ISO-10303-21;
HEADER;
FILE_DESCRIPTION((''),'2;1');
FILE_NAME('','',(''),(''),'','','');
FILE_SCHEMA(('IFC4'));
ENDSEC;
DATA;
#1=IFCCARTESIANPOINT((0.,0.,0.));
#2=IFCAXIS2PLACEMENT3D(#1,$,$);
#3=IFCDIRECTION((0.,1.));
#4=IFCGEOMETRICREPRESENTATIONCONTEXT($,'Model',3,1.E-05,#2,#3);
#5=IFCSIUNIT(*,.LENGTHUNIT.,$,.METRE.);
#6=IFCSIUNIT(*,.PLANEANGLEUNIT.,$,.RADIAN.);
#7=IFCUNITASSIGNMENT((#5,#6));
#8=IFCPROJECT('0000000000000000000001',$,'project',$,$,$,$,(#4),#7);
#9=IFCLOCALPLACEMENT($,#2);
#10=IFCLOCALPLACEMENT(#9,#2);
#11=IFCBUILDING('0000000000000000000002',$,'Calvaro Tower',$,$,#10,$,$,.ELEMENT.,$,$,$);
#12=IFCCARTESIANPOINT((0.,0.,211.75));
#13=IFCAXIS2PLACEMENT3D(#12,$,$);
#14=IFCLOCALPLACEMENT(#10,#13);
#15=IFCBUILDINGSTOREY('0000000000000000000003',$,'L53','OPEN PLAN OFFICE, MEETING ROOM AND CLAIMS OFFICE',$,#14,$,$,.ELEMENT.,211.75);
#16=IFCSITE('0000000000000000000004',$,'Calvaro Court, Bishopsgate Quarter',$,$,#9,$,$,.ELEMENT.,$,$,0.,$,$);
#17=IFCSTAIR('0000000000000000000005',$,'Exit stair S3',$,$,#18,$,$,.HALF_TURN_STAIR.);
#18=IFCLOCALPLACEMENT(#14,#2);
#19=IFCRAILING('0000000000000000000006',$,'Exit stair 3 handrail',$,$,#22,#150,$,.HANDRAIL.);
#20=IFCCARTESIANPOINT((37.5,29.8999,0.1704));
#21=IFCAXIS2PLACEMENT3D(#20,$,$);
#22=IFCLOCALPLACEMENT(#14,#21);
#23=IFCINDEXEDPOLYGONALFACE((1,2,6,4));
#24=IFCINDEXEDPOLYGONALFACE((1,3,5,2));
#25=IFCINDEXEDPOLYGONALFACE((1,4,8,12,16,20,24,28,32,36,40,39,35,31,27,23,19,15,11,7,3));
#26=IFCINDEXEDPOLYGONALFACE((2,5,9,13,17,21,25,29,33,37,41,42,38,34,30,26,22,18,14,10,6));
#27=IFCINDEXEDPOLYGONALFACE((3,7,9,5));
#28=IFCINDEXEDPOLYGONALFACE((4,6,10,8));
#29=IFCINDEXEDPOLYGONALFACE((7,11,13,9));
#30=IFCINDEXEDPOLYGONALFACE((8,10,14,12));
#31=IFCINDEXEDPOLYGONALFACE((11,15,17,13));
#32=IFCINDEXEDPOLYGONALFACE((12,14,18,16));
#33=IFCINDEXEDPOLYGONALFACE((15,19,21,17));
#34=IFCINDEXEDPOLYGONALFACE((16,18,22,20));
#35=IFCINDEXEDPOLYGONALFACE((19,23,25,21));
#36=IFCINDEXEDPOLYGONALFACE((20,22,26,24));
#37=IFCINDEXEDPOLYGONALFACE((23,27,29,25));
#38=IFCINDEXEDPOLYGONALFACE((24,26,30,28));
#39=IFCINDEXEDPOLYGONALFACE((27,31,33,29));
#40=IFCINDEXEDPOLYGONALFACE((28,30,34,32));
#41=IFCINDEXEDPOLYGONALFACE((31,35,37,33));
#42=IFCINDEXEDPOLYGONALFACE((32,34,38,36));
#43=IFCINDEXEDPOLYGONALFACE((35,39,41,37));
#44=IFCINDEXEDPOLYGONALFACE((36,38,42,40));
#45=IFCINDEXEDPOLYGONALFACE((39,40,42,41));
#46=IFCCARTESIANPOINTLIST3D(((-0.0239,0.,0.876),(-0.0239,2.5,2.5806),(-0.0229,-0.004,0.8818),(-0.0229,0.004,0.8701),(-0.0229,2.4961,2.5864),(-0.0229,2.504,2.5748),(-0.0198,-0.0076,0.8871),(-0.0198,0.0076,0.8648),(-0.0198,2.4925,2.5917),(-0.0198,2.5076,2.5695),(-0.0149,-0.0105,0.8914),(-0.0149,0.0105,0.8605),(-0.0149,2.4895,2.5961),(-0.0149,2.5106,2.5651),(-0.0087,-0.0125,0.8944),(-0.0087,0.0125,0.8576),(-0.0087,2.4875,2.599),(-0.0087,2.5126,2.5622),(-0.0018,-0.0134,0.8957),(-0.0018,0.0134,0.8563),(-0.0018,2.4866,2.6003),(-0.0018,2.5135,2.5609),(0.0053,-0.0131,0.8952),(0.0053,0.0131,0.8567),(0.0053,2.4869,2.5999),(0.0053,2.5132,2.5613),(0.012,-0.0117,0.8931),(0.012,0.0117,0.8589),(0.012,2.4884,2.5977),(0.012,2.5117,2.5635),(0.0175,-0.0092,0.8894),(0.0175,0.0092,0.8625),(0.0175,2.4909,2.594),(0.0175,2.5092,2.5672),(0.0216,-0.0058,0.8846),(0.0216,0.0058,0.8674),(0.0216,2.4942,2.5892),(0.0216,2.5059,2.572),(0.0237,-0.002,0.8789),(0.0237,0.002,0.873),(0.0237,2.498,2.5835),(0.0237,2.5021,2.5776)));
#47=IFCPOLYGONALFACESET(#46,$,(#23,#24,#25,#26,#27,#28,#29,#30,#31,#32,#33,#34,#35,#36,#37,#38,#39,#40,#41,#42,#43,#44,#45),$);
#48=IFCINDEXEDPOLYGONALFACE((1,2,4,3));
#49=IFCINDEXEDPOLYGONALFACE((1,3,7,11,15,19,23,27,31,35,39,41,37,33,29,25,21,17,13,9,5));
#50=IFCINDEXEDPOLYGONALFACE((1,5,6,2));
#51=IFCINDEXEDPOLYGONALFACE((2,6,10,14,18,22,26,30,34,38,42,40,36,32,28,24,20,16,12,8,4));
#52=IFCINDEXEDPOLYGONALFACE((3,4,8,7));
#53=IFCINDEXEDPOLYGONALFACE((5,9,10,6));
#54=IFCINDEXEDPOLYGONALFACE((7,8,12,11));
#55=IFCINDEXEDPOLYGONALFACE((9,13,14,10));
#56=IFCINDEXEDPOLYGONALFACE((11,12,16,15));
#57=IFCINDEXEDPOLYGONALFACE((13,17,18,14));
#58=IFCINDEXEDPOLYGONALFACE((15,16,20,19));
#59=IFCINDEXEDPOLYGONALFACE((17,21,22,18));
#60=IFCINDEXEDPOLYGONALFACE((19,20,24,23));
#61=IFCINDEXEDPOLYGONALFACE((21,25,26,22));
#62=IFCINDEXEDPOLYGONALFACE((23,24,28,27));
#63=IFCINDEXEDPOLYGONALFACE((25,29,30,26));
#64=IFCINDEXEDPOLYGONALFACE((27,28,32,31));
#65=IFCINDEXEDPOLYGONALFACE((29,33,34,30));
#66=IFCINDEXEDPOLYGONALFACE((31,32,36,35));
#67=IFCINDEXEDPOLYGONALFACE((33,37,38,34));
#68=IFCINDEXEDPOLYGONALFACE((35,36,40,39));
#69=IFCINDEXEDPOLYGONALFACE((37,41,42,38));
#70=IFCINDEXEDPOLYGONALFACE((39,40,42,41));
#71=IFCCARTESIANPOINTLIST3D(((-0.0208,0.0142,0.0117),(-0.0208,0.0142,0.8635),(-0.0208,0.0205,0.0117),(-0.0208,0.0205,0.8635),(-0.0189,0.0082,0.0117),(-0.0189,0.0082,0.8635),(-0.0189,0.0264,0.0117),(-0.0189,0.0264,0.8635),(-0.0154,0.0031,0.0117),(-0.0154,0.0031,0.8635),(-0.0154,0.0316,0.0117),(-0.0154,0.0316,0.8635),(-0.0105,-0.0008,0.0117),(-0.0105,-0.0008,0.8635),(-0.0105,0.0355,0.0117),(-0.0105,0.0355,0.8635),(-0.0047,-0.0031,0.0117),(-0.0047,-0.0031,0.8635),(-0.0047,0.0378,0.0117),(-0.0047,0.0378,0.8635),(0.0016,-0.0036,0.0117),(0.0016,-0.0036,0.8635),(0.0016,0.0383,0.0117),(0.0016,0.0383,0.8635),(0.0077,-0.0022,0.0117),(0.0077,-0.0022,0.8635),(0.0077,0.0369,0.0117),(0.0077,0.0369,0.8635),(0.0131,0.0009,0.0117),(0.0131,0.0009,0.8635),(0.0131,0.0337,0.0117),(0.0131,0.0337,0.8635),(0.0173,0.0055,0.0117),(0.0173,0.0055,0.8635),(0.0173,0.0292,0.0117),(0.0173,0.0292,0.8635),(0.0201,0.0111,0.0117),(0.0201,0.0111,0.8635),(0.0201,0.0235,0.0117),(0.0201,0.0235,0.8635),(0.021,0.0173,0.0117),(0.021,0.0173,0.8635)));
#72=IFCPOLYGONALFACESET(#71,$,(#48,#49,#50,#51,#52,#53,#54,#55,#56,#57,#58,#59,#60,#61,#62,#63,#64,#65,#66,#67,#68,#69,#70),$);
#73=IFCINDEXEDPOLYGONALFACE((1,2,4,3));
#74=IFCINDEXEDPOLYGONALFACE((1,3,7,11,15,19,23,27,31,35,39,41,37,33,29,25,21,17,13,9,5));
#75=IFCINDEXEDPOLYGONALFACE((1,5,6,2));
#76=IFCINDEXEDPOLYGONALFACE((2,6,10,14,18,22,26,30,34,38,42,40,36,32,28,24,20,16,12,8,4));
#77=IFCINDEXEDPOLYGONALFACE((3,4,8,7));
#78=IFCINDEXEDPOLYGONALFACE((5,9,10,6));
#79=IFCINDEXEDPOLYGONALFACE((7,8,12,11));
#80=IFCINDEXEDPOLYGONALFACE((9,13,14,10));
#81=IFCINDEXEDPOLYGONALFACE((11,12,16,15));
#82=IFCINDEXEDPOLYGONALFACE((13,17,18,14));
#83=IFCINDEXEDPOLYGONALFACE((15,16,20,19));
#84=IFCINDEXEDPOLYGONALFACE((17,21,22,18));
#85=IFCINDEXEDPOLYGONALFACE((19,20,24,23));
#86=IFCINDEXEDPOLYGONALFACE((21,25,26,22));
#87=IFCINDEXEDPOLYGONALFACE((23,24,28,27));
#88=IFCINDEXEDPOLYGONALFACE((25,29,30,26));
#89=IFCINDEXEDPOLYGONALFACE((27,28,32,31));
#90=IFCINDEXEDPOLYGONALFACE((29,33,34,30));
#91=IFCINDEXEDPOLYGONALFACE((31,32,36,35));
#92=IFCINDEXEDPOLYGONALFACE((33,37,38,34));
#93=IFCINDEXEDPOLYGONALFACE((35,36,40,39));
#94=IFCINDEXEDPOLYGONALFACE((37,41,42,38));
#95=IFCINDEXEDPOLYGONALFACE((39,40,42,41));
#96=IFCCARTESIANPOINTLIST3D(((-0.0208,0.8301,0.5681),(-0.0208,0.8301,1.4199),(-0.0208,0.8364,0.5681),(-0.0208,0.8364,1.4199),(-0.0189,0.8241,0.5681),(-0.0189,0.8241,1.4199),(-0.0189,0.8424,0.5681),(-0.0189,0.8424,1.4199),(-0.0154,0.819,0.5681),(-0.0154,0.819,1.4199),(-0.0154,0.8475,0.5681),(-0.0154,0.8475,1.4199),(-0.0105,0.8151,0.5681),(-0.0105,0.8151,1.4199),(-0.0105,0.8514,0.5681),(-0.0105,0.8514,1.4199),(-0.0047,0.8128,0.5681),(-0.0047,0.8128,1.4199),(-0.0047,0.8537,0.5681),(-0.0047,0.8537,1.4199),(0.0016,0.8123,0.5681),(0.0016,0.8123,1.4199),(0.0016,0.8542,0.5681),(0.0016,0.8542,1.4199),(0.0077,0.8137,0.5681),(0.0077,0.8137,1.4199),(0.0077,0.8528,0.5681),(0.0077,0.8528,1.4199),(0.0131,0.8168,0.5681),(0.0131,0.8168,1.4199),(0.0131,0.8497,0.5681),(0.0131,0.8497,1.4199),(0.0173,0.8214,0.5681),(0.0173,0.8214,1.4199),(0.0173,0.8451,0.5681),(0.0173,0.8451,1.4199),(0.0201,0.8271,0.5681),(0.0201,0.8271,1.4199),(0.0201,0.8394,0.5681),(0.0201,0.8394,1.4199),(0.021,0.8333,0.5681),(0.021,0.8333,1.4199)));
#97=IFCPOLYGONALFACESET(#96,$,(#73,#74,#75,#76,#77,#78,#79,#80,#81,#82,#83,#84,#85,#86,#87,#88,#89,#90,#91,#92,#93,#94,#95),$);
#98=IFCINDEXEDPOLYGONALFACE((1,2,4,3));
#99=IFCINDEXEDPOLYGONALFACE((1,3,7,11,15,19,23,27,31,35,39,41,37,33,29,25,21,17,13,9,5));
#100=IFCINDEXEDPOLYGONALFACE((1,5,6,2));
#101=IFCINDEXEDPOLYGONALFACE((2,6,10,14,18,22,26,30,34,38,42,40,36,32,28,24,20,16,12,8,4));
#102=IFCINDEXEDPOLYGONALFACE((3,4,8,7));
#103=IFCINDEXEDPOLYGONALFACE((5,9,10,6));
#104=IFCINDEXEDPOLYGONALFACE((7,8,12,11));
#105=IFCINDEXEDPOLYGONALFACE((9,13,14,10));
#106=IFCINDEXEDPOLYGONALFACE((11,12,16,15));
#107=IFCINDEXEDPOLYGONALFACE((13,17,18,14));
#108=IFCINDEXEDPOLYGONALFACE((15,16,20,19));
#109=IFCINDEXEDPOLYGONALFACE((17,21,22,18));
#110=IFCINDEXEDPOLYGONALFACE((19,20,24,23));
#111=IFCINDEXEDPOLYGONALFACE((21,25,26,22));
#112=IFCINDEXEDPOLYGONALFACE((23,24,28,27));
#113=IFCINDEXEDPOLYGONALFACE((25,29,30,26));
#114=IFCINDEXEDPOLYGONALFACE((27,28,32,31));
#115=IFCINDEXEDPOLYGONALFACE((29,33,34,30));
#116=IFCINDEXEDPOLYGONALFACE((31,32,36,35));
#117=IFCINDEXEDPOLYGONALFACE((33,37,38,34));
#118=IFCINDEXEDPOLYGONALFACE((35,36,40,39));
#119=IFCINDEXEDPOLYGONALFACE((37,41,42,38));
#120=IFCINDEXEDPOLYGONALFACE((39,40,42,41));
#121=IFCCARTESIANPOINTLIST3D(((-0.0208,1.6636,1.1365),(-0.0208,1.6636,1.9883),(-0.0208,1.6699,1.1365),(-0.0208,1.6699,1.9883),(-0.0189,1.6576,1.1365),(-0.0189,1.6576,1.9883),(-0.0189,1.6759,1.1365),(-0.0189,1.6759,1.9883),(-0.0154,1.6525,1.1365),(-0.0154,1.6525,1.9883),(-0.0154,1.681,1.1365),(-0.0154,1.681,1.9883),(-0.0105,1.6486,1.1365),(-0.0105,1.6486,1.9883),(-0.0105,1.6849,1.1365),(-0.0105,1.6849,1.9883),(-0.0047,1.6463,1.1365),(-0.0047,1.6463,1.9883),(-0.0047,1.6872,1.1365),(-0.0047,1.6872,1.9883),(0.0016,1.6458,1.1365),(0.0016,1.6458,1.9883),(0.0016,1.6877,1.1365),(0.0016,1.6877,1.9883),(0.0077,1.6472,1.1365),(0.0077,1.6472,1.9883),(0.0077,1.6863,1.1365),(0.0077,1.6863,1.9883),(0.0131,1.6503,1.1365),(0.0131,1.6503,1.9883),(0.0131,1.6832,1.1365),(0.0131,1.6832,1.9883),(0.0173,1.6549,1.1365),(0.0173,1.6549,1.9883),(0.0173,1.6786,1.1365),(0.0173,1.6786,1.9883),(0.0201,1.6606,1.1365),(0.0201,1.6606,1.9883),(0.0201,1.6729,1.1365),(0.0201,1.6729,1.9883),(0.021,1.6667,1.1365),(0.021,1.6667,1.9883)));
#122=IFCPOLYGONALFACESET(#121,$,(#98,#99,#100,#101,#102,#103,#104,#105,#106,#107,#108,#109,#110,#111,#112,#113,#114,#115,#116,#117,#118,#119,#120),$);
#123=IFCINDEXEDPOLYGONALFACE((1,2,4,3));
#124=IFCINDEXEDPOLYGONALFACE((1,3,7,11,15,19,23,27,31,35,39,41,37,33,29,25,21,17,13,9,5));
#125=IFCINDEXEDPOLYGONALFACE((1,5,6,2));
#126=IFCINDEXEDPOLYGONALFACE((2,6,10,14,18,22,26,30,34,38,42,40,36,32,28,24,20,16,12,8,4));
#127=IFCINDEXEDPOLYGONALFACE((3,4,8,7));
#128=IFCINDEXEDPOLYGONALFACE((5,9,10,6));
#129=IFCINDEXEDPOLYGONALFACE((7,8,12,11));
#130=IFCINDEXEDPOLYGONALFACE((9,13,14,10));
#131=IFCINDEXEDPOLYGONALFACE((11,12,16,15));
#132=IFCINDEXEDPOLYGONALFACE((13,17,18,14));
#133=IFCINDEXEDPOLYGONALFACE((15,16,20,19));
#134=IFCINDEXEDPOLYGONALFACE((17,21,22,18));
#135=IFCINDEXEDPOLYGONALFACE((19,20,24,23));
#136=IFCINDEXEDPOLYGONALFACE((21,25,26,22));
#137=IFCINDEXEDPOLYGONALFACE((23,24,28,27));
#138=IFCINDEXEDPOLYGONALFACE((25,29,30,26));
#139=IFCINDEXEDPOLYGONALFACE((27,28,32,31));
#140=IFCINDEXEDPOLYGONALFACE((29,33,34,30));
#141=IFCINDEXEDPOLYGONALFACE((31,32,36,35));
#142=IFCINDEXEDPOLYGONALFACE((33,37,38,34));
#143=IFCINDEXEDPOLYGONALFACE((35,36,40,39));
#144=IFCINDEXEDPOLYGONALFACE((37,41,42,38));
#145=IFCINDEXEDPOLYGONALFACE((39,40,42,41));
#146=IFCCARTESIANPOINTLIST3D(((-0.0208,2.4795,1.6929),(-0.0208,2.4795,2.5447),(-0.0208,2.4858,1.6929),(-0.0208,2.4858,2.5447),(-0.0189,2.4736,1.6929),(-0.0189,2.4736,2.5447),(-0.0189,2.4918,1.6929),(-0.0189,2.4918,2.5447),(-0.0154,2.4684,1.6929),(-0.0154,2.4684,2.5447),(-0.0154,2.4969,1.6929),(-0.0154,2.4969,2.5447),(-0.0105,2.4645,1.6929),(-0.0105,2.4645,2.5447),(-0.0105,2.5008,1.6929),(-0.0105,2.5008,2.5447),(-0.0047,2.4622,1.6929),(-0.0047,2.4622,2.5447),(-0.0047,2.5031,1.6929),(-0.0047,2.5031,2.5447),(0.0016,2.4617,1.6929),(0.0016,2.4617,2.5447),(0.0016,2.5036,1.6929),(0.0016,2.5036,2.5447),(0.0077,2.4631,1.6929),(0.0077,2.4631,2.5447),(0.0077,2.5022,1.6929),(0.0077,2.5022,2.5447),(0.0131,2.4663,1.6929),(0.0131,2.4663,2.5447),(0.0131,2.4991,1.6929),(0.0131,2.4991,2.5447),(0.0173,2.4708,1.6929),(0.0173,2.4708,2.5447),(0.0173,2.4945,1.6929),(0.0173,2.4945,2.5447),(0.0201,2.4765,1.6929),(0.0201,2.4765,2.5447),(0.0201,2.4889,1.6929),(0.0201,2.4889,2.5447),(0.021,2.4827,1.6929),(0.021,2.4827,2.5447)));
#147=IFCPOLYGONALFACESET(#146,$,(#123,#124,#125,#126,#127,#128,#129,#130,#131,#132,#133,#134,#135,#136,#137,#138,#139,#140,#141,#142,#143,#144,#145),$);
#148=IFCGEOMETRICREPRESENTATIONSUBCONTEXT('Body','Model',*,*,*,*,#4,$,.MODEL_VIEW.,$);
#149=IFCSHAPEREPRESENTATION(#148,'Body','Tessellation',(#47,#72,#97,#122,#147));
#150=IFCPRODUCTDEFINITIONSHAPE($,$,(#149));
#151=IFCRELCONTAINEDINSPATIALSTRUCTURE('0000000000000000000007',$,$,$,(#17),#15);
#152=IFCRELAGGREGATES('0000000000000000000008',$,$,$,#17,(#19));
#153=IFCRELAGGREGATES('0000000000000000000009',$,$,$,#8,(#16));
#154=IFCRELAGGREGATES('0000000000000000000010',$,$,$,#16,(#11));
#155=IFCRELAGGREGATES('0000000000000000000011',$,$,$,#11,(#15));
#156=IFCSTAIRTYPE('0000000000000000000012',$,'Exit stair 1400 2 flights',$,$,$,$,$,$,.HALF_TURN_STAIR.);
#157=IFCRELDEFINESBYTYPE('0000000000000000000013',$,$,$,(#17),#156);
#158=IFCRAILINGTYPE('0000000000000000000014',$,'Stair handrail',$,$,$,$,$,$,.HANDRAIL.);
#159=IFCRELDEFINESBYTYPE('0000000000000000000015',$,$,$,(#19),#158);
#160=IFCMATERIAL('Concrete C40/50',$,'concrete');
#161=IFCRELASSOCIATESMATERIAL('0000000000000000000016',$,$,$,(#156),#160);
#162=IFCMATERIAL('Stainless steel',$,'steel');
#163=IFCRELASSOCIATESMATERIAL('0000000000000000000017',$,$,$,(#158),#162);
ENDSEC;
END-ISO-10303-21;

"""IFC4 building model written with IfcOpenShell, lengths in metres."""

from ifc_helpers import new_model, si_unit, direction, frame, origin, origin_2d, place, context, subcontext, project, spatial, circle, extrude, material, type_object, element, aggregate, save


model = new_model("IFC4")

# Units and contexts
model_context = context("Model", 3, precision=1e-05, world=origin(), true_north=direction((0.0, 1.0)))
body_context = subcontext(model_context, "Body", "Model", "MODEL_VIEW")
ifc_project = project(units=[si_unit("LENGTHUNIT", "METRE"), si_unit("PLANEANGLEUNIT", "RADIAN")], contexts=[model_context])

# Site, building, storey
site_placement = place(None, origin())
site = spatial("IfcSite", under=ifc_project, at=site_placement, Name="Calvaro Court, Bishopsgate Quarter", CompositionType="ELEMENT", RefElevation=0.0)
building_placement = place(site_placement, origin())
building = spatial("IfcBuilding", under=site, at=building_placement, Name="Calvaro Tower", CompositionType="ELEMENT")
storey_placement = place(building_placement, frame((0.0, 0.0, 211.75)))
storey = spatial("IfcBuildingStorey", under=building, at=storey_placement, Name="L53", Description="OPEN PLAN OFFICE, MEETING ROOM AND CLAIMS OFFICE", CompositionType="ELEMENT", Elevation=211.75)

# Stair, railing
ifc_material_1 = material(Name="Concrete C40/50", Category="concrete")
stair_type = type_object("IfcStairType", Name="Exit stair 1400 2 flights", PredefinedType="HALF_TURN_STAIR", material=ifc_material_1)
stair_placement = place(storey_placement, origin())
stair = element("IfcStair", 1, at=stair_placement, inside=storey, type_object=stair_type, Name="Exit stair S3", PredefinedType="HALF_TURN_STAIR")
ifc_material_2 = material(Name="Stainless steel", Category="steel")
railing_type = type_object("IfcRailingType", Name="Stair handrail", PredefinedType="HANDRAIL", material=ifc_material_2)
railing_1_placement = place(storey_placement, frame((37.5, 29.8999, 0.1704)))
railing_1 = element("IfcRailing", 2, at=railing_1_placement, type_object=railing_type, Name="Exit stair 3 handrail", PredefinedType="HANDRAIL", context=body_context, shape_type="SweptSolid", body=[
    extrude(circle(Radius=0.0239, at=origin_2d()), frame((0.0, 0.0, 0.876), z_axis=(0.0, 0.826221, 0.563347), x_axis=(-1.0, 0.0, 0.0)), (0.0, 0.0, 1.0), 3.0259),
    extrude(circle(Radius=0.021, at=origin_2d()), frame((0.0, 0.0173, 0.0117)), (0.0, 0.0, 1.0), 0.8518),
    extrude(circle(Radius=0.021, at=origin_2d()), frame((0.0, 0.8333, 0.5681)), (0.0, 0.0, 1.0), 0.8518),
    extrude(circle(Radius=0.021, at=origin_2d()), frame((0.0, 1.6667, 1.1365)), (0.0, 0.0, 1.0), 0.8518),
    extrude(circle(Radius=0.021, at=origin_2d()), frame((0.0, 2.4827, 1.6929)), (0.0, 0.0, 1.0), 0.8518),
])
aggregate(stair, [railing_1])

save(model, "model.ifc")
